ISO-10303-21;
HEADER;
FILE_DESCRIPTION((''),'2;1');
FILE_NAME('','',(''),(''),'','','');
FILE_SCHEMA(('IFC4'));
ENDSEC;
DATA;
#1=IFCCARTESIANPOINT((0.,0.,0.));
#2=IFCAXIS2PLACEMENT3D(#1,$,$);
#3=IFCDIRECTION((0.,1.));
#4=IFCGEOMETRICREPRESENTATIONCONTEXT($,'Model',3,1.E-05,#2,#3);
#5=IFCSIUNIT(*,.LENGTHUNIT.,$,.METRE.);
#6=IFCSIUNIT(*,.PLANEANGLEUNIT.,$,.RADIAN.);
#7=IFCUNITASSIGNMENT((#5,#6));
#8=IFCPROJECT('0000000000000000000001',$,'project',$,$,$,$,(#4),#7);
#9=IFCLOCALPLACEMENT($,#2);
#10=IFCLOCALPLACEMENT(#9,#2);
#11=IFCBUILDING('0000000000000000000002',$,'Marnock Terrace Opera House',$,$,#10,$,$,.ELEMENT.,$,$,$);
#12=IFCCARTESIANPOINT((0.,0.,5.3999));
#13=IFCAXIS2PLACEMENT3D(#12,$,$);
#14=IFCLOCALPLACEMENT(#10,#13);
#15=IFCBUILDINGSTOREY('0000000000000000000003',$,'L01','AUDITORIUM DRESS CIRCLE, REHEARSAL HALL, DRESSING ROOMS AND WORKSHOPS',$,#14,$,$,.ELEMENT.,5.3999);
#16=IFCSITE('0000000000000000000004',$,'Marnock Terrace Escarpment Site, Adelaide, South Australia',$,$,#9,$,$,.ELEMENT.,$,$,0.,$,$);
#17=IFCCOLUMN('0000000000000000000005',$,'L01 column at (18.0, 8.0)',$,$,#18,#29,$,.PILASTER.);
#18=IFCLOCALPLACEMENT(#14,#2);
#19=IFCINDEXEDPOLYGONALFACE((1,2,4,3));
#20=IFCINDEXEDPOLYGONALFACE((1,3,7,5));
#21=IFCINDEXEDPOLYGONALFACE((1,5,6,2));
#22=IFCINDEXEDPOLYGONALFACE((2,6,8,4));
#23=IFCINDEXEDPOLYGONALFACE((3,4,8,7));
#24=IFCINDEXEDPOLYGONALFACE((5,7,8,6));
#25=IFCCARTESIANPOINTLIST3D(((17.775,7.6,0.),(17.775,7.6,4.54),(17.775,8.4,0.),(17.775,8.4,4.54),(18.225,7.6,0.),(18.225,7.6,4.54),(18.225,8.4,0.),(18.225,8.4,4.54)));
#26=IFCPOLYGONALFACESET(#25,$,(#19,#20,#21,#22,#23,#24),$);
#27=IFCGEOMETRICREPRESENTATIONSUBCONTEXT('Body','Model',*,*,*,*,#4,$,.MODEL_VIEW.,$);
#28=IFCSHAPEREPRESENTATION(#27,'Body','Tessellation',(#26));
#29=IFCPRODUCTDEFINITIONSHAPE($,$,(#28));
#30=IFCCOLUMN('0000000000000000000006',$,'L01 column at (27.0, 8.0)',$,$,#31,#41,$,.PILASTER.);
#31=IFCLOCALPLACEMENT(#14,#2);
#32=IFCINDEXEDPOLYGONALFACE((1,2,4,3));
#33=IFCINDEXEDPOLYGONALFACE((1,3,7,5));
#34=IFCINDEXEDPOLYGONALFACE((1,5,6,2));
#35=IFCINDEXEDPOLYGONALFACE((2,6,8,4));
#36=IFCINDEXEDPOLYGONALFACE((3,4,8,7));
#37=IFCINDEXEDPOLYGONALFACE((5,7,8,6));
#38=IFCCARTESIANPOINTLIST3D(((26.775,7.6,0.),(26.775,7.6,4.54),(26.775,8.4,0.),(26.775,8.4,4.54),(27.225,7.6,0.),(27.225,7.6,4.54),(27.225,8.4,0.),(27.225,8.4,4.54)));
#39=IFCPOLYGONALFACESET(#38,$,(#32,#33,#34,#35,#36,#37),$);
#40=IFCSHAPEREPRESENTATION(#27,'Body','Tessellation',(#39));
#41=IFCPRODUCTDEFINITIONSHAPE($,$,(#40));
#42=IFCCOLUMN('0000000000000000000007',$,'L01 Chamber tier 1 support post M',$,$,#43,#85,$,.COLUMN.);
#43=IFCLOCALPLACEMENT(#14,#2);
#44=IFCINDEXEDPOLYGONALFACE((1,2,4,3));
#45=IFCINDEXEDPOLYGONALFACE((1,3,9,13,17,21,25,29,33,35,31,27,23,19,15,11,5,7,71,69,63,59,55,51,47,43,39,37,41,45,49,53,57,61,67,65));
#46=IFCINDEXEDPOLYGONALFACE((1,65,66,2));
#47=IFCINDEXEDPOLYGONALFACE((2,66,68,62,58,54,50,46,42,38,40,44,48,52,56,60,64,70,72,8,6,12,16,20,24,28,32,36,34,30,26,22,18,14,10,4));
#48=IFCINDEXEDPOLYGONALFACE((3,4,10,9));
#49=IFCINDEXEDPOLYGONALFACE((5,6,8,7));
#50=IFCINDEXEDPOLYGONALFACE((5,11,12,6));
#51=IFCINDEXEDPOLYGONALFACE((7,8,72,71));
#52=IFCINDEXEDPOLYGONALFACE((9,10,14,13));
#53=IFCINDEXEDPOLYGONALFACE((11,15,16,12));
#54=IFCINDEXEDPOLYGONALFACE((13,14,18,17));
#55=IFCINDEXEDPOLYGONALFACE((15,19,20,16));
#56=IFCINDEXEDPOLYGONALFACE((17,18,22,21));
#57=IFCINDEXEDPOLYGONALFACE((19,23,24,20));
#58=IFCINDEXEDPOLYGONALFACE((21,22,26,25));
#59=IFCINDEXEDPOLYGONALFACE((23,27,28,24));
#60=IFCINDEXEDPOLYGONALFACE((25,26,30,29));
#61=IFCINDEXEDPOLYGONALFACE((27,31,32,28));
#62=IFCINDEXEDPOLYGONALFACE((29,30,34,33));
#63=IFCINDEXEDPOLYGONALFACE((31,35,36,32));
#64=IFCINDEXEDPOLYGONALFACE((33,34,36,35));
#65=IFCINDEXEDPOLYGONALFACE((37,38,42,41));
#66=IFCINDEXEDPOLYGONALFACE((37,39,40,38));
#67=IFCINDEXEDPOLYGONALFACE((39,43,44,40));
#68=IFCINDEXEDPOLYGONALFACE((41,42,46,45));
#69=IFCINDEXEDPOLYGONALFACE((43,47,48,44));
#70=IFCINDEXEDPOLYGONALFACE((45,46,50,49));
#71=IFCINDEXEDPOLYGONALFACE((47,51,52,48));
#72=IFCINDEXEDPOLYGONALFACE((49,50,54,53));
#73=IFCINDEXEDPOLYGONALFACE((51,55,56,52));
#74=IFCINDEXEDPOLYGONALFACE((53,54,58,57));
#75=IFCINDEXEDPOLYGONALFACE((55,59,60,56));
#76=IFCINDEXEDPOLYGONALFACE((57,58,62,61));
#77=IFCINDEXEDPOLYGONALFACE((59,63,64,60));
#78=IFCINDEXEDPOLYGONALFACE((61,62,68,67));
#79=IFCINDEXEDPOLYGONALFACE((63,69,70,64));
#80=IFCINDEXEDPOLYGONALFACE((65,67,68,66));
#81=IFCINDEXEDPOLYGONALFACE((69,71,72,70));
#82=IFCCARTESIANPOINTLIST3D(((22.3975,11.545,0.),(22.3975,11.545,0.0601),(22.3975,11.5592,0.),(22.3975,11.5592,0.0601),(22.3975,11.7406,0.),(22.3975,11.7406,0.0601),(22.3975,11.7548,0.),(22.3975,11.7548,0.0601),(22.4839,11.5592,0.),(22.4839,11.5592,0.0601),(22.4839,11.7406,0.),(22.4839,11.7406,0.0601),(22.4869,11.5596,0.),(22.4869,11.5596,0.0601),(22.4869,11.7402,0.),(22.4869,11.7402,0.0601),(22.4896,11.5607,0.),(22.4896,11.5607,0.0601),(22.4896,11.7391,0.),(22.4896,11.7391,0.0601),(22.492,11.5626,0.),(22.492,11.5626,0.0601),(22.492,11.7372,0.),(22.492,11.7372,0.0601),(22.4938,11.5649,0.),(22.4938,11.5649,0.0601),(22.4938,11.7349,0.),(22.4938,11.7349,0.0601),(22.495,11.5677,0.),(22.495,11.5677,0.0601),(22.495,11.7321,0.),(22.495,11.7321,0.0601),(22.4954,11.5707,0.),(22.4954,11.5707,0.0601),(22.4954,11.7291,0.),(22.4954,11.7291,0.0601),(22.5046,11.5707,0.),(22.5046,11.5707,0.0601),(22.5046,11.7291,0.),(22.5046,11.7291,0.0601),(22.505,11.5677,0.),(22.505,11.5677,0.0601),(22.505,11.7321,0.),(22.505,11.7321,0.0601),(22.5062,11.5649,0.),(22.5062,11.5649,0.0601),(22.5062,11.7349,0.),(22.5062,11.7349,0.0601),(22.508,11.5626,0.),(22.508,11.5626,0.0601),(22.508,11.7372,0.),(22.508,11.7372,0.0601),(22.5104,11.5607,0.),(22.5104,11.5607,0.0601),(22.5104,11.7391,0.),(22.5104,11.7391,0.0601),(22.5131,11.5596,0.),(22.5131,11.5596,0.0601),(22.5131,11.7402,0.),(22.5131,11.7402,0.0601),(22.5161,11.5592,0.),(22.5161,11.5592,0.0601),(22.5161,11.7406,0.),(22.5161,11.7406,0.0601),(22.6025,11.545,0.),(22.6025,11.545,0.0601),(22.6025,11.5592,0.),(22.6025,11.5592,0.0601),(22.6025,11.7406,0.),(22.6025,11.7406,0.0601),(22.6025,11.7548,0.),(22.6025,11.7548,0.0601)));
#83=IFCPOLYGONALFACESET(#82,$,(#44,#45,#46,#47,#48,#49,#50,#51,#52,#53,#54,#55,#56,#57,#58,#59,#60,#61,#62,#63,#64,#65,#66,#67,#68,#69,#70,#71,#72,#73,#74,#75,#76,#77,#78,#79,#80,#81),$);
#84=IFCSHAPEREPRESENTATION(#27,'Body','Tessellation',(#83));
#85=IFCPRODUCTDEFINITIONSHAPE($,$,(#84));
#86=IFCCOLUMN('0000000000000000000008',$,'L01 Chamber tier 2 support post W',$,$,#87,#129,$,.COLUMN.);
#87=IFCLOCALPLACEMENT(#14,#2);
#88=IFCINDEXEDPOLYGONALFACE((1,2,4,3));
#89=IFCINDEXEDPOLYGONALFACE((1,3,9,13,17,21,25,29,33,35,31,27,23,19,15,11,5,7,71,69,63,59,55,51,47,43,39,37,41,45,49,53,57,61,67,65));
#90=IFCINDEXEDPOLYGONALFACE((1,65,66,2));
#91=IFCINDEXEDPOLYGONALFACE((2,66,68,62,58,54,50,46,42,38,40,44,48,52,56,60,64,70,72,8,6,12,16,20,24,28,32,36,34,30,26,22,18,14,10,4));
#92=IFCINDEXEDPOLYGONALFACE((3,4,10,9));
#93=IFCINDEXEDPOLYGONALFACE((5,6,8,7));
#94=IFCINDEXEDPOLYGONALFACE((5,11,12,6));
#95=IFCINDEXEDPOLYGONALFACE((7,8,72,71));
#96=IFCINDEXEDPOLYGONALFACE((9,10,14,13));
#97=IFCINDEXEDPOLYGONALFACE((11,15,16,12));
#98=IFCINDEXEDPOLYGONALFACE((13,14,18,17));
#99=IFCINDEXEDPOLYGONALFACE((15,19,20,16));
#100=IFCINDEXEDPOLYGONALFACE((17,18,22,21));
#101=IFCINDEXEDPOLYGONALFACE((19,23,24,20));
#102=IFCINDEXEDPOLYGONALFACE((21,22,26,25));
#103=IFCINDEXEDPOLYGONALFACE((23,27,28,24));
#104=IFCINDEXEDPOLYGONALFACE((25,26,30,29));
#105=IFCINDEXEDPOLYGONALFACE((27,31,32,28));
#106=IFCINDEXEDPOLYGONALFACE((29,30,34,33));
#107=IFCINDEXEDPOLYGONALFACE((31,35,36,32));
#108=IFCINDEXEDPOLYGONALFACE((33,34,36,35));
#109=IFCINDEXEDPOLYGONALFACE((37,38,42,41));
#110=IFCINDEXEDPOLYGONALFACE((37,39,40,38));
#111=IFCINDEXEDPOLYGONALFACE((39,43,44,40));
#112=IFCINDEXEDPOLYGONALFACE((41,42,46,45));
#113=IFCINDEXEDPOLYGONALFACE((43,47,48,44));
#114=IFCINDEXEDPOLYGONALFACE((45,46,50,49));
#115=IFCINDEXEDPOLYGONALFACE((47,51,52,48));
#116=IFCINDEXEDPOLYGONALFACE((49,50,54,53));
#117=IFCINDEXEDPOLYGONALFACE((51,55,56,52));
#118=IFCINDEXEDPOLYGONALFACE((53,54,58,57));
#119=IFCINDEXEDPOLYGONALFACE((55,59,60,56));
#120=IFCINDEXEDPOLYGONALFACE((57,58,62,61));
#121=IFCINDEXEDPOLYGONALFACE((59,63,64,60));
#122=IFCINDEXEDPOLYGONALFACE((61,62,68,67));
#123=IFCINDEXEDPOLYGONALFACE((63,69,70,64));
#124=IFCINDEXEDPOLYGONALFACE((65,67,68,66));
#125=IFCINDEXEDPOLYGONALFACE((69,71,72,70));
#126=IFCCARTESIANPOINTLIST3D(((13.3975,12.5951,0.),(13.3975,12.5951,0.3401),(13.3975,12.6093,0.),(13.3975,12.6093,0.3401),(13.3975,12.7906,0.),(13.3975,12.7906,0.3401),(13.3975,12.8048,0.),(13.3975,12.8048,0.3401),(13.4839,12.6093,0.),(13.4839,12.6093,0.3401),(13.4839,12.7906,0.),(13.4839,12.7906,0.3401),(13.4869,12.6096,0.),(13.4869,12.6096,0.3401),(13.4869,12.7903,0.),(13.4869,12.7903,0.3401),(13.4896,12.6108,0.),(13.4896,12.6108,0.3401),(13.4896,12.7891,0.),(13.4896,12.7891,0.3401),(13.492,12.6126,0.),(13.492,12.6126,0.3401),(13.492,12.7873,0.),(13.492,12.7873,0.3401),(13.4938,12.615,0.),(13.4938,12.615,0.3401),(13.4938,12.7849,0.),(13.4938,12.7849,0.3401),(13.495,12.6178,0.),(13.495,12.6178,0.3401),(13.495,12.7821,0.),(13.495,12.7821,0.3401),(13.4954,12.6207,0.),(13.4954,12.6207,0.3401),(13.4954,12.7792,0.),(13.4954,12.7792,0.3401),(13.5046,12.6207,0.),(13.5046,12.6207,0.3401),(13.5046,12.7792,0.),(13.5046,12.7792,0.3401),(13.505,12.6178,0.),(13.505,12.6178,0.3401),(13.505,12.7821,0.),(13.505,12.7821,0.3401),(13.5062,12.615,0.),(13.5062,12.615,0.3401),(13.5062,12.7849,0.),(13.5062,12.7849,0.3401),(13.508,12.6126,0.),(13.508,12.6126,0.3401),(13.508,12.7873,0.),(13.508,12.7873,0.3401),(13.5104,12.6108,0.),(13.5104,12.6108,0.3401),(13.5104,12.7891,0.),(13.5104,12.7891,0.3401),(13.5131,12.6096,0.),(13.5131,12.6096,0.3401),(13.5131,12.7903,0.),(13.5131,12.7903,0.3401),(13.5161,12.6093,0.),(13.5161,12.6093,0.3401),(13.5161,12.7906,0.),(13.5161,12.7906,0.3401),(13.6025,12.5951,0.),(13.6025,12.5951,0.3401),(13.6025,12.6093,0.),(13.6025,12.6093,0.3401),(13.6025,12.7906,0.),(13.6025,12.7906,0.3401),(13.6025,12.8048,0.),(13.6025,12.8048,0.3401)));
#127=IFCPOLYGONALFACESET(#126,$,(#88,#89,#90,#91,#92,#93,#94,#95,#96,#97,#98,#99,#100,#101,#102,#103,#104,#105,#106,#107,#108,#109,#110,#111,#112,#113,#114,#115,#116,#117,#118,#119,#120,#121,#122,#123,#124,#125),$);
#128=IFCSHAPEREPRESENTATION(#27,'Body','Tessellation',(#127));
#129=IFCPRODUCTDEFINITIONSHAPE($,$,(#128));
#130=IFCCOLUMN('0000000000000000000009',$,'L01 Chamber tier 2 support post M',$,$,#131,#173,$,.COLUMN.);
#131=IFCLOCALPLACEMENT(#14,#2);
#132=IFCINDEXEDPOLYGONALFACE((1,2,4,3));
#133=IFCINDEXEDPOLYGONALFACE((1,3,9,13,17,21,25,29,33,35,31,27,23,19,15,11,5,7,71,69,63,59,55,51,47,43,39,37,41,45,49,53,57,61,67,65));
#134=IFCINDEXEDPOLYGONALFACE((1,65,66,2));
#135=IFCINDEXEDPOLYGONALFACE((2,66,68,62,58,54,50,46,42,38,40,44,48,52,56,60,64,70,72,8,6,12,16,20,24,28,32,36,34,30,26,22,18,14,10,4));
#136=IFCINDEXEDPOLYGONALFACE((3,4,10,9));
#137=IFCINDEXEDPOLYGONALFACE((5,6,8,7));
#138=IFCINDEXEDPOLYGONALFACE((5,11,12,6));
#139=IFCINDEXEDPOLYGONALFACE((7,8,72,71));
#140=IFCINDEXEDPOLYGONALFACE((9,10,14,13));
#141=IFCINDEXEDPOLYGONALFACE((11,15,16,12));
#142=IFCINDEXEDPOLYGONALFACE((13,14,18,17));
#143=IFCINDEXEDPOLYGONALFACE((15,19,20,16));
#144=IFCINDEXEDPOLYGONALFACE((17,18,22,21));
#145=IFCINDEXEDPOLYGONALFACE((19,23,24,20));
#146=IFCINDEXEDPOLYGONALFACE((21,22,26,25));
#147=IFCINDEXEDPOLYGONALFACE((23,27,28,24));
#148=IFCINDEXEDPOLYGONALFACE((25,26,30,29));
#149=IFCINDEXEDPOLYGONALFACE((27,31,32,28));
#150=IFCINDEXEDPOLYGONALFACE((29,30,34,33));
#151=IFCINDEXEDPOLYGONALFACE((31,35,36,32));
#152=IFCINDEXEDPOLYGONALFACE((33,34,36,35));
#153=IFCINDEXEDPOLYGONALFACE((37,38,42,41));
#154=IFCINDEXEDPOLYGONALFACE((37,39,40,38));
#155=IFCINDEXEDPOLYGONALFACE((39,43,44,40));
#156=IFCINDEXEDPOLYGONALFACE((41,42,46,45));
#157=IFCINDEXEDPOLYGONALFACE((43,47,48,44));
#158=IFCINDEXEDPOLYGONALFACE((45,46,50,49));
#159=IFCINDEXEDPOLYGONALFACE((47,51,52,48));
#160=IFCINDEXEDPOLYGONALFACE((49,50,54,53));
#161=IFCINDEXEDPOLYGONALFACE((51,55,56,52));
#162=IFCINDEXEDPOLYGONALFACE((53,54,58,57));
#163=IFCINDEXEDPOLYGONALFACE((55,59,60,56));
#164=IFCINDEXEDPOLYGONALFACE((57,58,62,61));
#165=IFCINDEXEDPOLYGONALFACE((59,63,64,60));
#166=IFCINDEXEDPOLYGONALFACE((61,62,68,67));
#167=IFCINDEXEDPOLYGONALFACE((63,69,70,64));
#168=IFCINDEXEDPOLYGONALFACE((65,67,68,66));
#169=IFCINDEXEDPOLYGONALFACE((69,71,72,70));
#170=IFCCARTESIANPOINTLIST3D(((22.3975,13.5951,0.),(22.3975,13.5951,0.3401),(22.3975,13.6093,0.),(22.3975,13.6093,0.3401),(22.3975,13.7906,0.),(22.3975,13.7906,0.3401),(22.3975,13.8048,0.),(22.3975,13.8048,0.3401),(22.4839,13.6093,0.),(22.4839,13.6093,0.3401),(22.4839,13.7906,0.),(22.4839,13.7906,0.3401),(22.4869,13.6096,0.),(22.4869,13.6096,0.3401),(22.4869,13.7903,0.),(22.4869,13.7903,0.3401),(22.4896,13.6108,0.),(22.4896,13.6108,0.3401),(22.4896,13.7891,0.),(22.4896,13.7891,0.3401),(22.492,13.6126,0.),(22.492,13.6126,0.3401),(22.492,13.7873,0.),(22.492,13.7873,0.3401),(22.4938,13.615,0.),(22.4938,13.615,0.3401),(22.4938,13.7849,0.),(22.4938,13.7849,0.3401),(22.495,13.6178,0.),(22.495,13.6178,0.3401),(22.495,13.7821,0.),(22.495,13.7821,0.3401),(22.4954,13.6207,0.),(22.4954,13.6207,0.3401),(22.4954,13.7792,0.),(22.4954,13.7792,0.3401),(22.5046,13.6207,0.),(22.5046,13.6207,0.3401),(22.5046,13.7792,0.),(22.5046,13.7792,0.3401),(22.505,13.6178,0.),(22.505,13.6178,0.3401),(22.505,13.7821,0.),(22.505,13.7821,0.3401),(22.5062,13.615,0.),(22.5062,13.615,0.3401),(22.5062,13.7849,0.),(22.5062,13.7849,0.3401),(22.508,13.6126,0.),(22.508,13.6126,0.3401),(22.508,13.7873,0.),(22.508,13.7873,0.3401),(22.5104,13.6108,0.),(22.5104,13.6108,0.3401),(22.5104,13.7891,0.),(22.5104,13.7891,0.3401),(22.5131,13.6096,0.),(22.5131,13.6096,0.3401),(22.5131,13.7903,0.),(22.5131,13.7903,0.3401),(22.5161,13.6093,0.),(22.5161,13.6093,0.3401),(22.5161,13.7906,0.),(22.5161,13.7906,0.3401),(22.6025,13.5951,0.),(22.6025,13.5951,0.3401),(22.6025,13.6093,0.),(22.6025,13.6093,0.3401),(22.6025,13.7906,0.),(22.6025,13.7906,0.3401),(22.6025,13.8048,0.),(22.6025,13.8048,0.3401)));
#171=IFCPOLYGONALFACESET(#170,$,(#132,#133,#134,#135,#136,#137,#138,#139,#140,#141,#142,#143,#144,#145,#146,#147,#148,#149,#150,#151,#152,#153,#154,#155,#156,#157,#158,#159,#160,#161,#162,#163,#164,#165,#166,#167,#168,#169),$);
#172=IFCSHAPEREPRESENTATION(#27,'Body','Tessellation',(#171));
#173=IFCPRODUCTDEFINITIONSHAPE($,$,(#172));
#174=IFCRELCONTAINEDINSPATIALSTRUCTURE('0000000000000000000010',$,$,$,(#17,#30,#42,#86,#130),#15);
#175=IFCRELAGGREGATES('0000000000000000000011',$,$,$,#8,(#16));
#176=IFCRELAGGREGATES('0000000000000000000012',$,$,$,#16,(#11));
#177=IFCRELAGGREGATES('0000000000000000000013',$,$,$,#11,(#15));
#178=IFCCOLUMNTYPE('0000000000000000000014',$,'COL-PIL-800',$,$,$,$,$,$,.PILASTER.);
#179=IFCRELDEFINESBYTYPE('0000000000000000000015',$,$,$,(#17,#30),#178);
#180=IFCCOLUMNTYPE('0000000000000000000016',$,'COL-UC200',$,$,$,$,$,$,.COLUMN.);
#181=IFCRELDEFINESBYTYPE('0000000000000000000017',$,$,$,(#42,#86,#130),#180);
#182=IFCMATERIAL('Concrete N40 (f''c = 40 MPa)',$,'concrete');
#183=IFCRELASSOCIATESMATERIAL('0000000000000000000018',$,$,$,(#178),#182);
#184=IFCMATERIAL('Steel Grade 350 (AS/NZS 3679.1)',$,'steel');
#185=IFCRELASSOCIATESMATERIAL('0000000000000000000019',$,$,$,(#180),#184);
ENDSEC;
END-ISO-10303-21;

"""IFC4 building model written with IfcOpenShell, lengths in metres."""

from ifc_helpers import new_model, si_unit, direction, frame, origin, origin_2d, place, context, subcontext, project, spatial, rectangle, i_section, extrude, material, material_profile, profile_set, type_object, element, save


model = new_model("IFC4")

# Units and contexts
model_context = context("Model", 3, precision=1e-05, world=origin(), true_north=direction((0.0, 1.0)))
body_context = subcontext(model_context, "Body", "Model", "MODEL_VIEW")
ifc_project = project(units=[si_unit("LENGTHUNIT", "METRE"), si_unit("PLANEANGLEUNIT", "RADIAN")], contexts=[model_context])

# Site, building, storey
site_placement = place(None, origin())
site = spatial("IfcSite", under=ifc_project, at=site_placement, Name="Marnock Terrace Escarpment Site, Adelaide, South Australia", CompositionType="ELEMENT", RefElevation=0.0)
building_placement = place(site_placement, origin())
building = spatial("IfcBuilding", under=site, at=building_placement, Name="Marnock Terrace Opera House", CompositionType="ELEMENT")
storey_placement = place(building_placement, frame((0.0, 0.0, 5.3999)))
storey = spatial("IfcBuildingStorey", under=building, at=storey_placement, Name="L01", Description="AUDITORIUM DRESS CIRCLE, REHEARSAL HALL, DRESSING ROOMS AND WORKSHOPS", CompositionType="ELEMENT", Elevation=5.3999)

# Columns
ifc_material_1 = material(Name="Concrete N40 (f'c = 40 MPa)", Category="concrete")
ifc_material_profile_1 = material_profile(ifc_material_1, rectangle(XDim=0.45, YDim=0.8, at=origin_2d()))
ifc_profile_set_1 = profile_set([ifc_material_profile_1], Name="Concrete N40 (f'c = 40 MPa)")
column_type_1 = type_object("IfcColumnType", Name="COL-PIL-800", PredefinedType="PILASTER", material=ifc_profile_set_1)
for number, where, z_axis, x_axis, name in (
    (1, (18.0, 8.0, 0.0), (0.0, 0.0, 1.0), (1.0, 0.0, 0.0), "L01 column at (18.0, 8.0)"),
    (2, (27.0, 8.0, 0.0), (0.0, 0.0, 1.0), (1.0, 0.0, 0.0), "L01 column at (27.0, 8.0)"),
):
    element("IfcColumn", number, at=place(storey_placement, frame(where, z_axis=z_axis, x_axis=x_axis)), inside=storey, type_object=column_type_1, Name=name, PredefinedType="PILASTER", context=body_context, shape_type="SweptSolid", body=[
        extrude(rectangle(XDim=0.45, YDim=0.8, at=origin_2d()), origin(), (0.0, 0.0, 1.0), 4.54),
    ])
ifc_material_2 = material(Name="Steel Grade 350 (AS/NZS 3679.1)", Category="steel")
ifc_material_profile_2 = material_profile(ifc_material_2, i_section(OverallWidth=0.2051, OverallDepth=0.2097, WebThickness=0.0093, FlangeThickness=0.0142, FilletRadius=0.0115, at=origin_2d()))
ifc_profile_set_2 = profile_set([ifc_material_profile_2], Name="Steel Grade 350 (AS/NZS 3679.1)")
column_type_2 = type_object("IfcColumnType", Name="COL-UC200", PredefinedType="COLUMN", material=ifc_profile_set_2)
column_placement = place(storey_placement, frame((22.5, 11.6499, 0.0), z_axis=(0.0, 0.0, 1.0), x_axis=(1.0, 0.0, 0.0)))
element("IfcColumn", 3, at=column_placement, inside=storey, type_object=column_type_2, Name="L01 Chamber tier 1 support post M", PredefinedType="COLUMN", context=body_context, shape_type="SweptSolid", body=[
    extrude(i_section(OverallWidth=0.2051, OverallDepth=0.2097, WebThickness=0.0093, FlangeThickness=0.0142, FilletRadius=0.0115, at=origin_2d()), origin(), (0.0, 0.0, 1.0), 0.0601),
])
for number, where, z_axis, x_axis, name in (
    (4, (13.5, 12.7, 0.0), (0.0, 0.0, 1.0), (1.0, 0.0, 0.0), "L01 Chamber tier 2 support post W"),
    (5, (22.5, 13.7, 0.0), (0.0, 0.0, 1.0), (1.0, 0.0, 0.0), "L01 Chamber tier 2 support post M"),
):
    element("IfcColumn", number, at=place(storey_placement, frame(where, z_axis=z_axis, x_axis=x_axis)), inside=storey, type_object=column_type_2, Name=name, PredefinedType="COLUMN", context=body_context, shape_type="SweptSolid", body=[
        extrude(i_section(OverallWidth=0.2051, OverallDepth=0.2097, WebThickness=0.0093, FlangeThickness=0.0142, FilletRadius=0.0115, at=origin_2d()), origin(), (0.0, 0.0, 1.0), 0.3401),
    ])

save(model, "model.ifc")
